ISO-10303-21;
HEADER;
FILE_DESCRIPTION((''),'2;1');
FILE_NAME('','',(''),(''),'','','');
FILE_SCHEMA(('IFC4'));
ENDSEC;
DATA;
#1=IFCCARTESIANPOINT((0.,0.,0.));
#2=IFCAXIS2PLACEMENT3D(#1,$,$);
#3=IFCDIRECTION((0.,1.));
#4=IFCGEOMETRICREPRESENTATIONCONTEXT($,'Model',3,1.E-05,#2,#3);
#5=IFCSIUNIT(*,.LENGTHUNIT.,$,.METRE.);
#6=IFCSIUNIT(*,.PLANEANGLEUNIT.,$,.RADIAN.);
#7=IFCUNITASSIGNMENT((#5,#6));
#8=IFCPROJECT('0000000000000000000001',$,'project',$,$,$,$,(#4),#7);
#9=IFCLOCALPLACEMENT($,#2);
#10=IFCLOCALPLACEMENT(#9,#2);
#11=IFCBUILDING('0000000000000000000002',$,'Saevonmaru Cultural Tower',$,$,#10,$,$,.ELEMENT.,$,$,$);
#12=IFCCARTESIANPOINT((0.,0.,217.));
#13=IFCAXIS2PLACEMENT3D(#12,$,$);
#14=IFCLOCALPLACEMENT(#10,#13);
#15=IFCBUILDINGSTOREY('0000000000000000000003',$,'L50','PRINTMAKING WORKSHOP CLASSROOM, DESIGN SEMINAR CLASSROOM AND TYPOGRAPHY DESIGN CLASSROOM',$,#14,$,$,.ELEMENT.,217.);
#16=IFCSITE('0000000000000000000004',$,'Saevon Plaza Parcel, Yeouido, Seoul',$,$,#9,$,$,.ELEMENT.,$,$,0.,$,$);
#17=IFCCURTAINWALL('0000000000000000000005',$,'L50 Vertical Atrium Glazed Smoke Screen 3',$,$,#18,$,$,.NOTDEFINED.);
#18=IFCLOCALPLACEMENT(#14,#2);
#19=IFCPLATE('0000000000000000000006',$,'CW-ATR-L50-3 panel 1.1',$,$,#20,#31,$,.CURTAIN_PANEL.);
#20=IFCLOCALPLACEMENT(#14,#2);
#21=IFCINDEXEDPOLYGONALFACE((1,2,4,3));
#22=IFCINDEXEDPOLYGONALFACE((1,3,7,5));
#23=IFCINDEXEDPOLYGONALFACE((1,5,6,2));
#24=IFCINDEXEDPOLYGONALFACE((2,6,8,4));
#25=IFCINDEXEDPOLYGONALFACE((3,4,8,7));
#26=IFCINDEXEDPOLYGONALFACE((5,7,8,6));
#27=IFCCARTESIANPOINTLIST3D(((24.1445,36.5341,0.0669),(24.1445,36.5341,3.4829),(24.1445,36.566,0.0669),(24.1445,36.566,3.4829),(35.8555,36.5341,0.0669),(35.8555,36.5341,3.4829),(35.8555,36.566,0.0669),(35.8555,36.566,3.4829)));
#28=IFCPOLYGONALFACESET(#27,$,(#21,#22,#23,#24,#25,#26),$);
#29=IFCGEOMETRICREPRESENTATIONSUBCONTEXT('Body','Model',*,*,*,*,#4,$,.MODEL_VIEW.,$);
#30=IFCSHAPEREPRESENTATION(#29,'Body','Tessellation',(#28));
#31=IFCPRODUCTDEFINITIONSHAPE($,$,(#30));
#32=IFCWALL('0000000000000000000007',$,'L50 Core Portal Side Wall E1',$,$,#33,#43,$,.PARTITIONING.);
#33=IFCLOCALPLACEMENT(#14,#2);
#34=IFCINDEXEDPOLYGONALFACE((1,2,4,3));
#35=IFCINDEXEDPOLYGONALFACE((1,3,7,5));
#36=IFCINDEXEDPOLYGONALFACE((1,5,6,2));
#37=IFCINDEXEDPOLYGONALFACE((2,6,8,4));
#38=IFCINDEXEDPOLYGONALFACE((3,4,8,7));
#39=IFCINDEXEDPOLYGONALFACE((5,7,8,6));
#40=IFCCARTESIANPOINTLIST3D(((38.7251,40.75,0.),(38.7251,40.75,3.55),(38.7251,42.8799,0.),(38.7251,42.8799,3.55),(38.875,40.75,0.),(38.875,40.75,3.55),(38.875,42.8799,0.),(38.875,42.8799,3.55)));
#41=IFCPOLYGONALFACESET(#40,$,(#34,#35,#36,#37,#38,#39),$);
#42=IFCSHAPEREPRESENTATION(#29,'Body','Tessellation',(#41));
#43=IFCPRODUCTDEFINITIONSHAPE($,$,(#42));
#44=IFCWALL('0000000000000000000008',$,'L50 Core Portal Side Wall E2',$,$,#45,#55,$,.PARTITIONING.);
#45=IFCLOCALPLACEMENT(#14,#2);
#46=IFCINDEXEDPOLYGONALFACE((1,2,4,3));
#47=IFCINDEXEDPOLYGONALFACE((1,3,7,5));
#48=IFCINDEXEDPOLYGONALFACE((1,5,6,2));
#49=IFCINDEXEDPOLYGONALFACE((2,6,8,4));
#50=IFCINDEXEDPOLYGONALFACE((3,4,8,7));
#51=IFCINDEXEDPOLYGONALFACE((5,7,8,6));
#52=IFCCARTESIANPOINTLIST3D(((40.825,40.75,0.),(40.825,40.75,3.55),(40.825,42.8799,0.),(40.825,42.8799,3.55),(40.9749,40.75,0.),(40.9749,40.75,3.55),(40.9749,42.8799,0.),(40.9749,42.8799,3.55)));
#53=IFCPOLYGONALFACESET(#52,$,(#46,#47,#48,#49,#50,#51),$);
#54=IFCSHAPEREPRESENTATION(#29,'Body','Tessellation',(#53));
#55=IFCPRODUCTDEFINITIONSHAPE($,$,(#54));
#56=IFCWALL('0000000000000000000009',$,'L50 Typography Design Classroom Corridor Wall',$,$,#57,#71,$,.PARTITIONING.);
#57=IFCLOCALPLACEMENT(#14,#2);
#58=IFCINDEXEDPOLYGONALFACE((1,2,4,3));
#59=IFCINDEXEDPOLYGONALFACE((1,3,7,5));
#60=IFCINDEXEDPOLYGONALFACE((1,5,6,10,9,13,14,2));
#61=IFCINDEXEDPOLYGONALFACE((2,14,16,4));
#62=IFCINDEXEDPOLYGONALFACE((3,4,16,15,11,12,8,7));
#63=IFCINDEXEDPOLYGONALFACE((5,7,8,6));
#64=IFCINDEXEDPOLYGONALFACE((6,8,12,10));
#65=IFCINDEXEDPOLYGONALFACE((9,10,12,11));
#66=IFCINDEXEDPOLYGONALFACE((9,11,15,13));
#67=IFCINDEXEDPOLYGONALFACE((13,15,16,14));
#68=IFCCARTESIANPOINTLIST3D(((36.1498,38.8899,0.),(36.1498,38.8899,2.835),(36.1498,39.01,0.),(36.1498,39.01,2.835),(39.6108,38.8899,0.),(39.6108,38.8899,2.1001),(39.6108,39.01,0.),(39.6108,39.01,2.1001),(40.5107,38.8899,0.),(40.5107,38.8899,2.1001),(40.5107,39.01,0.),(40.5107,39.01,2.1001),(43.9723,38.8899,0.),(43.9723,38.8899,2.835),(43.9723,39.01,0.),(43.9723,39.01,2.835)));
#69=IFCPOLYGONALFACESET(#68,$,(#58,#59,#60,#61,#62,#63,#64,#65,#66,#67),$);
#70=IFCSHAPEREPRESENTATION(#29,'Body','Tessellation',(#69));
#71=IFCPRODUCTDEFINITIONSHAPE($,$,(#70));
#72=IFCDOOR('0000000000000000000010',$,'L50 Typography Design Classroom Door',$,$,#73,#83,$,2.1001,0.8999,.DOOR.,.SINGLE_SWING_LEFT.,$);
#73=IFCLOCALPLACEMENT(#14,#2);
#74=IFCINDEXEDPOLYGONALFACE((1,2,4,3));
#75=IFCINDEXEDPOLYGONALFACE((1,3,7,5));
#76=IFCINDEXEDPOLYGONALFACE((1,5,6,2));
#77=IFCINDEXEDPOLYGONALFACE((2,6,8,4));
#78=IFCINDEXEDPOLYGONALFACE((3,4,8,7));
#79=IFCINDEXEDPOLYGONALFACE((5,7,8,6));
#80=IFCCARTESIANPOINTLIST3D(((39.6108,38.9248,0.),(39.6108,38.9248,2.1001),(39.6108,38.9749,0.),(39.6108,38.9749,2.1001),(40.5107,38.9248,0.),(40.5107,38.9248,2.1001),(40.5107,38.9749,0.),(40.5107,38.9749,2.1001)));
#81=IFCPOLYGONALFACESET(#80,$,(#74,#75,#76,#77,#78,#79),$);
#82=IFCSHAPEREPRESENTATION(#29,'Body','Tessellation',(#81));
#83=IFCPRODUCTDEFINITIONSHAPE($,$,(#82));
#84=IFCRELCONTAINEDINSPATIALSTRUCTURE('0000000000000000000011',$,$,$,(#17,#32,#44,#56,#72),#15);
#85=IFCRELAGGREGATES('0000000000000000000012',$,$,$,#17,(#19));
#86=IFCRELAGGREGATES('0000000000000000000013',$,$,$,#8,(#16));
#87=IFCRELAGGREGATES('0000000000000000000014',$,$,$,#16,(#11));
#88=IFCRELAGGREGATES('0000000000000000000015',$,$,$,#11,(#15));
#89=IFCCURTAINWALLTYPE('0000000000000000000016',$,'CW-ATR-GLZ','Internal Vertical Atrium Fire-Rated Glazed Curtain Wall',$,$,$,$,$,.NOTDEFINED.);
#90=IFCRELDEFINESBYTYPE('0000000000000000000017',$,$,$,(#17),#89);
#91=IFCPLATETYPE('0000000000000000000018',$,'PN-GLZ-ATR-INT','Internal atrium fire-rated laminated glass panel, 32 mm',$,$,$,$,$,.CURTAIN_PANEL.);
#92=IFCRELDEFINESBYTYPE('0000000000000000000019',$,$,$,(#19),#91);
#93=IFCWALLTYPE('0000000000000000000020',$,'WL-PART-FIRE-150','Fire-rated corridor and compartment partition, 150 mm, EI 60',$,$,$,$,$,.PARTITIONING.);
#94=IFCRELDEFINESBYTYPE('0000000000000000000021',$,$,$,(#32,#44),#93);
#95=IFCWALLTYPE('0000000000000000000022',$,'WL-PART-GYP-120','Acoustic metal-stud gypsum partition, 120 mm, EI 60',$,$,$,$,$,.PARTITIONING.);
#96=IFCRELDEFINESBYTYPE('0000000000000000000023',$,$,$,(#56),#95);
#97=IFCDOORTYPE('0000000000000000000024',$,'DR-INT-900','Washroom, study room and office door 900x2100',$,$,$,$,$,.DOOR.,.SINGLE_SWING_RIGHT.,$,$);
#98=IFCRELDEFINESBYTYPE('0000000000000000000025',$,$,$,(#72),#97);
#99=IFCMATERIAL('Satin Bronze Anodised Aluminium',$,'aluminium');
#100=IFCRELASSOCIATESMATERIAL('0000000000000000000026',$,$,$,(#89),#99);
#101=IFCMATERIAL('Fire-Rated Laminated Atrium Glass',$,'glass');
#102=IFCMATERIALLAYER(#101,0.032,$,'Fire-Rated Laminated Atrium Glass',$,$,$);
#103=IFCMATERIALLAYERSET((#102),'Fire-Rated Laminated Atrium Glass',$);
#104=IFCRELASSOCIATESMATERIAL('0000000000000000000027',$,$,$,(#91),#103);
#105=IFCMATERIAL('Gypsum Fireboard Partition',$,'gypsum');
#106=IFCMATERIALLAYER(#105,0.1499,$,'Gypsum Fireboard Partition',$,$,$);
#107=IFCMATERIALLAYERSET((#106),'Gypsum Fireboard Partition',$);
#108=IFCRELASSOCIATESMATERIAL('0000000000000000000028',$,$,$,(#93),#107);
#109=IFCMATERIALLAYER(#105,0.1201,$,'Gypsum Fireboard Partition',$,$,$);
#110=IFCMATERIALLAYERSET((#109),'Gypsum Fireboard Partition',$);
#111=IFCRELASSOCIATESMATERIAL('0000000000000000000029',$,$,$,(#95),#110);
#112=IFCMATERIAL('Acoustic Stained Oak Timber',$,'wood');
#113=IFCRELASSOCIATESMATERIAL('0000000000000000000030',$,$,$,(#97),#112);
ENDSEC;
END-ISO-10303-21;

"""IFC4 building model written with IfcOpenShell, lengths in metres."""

from ifc_helpers import new_model, si_unit, direction, frame, frame_2d, origin, origin_2d, place, context, subcontext, project, spatial, rectangle, extrude, material, layer, layer_set, type_object, element, fill, aggregate, save


model = new_model("IFC4")

# Units and contexts
model_context = context("Model", 3, precision=1e-05, world=origin(), true_north=direction((0.0, 1.0)))
body_context = subcontext(model_context, "Body", "Model", "MODEL_VIEW")
ifc_project = project(units=[si_unit("LENGTHUNIT", "METRE"), si_unit("PLANEANGLEUNIT", "RADIAN")], contexts=[model_context])

# Site, building, storey
site_placement = place(None, origin())
site = spatial("IfcSite", under=ifc_project, at=site_placement, Name="Saevon Plaza Parcel, Yeouido, Seoul", CompositionType="ELEMENT", RefElevation=0.0)
building_placement = place(site_placement, origin())
building = spatial("IfcBuilding", under=site, at=building_placement, Name="Saevonmaru Cultural Tower", CompositionType="ELEMENT")
storey_placement = place(building_placement, frame((0.0, 0.0, 217.0)))
storey = spatial("IfcBuildingStorey", under=building, at=storey_placement, Name="L50", Description="PRINTMAKING WORKSHOP CLASSROOM, DESIGN SEMINAR CLASSROOM AND TYPOGRAPHY DESIGN CLASSROOM", CompositionType="ELEMENT", Elevation=217.0)

# Shared definitions
ifc_material_1 = material(Name="Satin Bronze Anodised Aluminium", Category="aluminium")
curtain_wall_type = type_object("IfcCurtainWallType", Name="CW-ATR-GLZ", Description="Internal Vertical Atrium Fire-Rated Glazed Curtain Wall", PredefinedType="NOTDEFINED", material=ifc_material_1)

# Curtain wall
curtain_wall_1_placement = place(storey_placement, origin())
curtain_wall_1 = element("IfcCurtainWall", 1, at=curtain_wall_1_placement, inside=storey, type_object=curtain_wall_type, Name="L50 Vertical Atrium Glazed Smoke Screen 3", PredefinedType="NOTDEFINED")

# Plate
ifc_material_2 = material(Name="Fire-Rated Laminated Atrium Glass", Category="glass")
ifc_layer_1 = layer(ifc_material_2, 0.032, Name="Fire-Rated Laminated Atrium Glass")
ifc_layer_set_1 = layer_set([ifc_layer_1], Name="Fire-Rated Laminated Atrium Glass")
plate_type = type_object("IfcPlateType", Name="PN-GLZ-ATR-INT", Description="Internal atrium fire-rated laminated glass panel, 32 mm", PredefinedType="CURTAIN_PANEL", material=ifc_layer_set_1)
plate_1_placement = place(storey_placement, frame((30.0, 36.55, 0.0669), z_axis=(0.0, 0.0, 1.0), x_axis=(-1.0, 0.0, 0.0)))
plate_1 = element("IfcPlate", 2, at=plate_1_placement, type_object=plate_type, Name="CW-ATR-L50-3 panel 1.1", PredefinedType="CURTAIN_PANEL", context=body_context, shape_type="SweptSolid", body=[
    extrude(rectangle(XDim=11.7109, YDim=0.032, at=origin_2d()), origin(), (0.0, 0.0, 1.0), 3.416),
])
aggregate(curtain_wall_1, [plate_1])

# Walls
ifc_material_3 = material(Name="Gypsum Fireboard Partition", Category="gypsum")
ifc_layer_2 = layer(ifc_material_3, 0.1499, Name="Gypsum Fireboard Partition")
ifc_layer_set_2 = layer_set([ifc_layer_2], Name="Gypsum Fireboard Partition")
wall_type_1 = type_object("IfcWallType", Name="WL-PART-FIRE-150", Description="Fire-rated corridor and compartment partition, 150 mm, EI 60", PredefinedType="PARTITIONING", material=ifc_layer_set_2)
for number, where, z_axis, x_axis, name in (
    (3, (38.8, 40.75, 0.0), (0.0, 0.0, 1.0), (0.0, 1.0, 0.0), "L50 Core Portal Side Wall E1"),
    (4, (40.8999, 40.75, 0.0), (0.0, 0.0, 1.0), (0.0, 1.0, 0.0), "L50 Core Portal Side Wall E2"),
):
    element("IfcWall", number, at=place(storey_placement, frame(where, z_axis=z_axis, x_axis=x_axis)), inside=storey, type_object=wall_type_1, Name=name, PredefinedType="PARTITIONING", context=body_context, shape_type="SweptSolid", body=[
        extrude(rectangle(XDim=2.1299, YDim=0.1499, at=frame_2d((1.0649, 0.0))), origin(), (0.0, 0.0, 1.0), 3.55),
    ])

# Wall, opening, door
ifc_layer_3 = layer(ifc_material_3, 0.1201, Name="Gypsum Fireboard Partition")
ifc_layer_set_3 = layer_set([ifc_layer_3], Name="Gypsum Fireboard Partition")
wall_type_2 = type_object("IfcWallType", Name="WL-PART-GYP-120", Description="Acoustic metal-stud gypsum partition, 120 mm, EI 60", PredefinedType="PARTITIONING", material=ifc_layer_set_3)
wall_placement = place(storey_placement, frame((36.1499, 38.95, 0.0), z_axis=(0.0, 0.0, 1.0), x_axis=(1.0, 0.0, 0.0)))
wall = element("IfcWall", 5, at=wall_placement, inside=storey, type_object=wall_type_2, Name="L50 Typography Design Classroom Corridor Wall", PredefinedType="PARTITIONING", context=body_context, shape_type="SweptSolid", body=[
    extrude(rectangle(XDim=7.8225, YDim=0.1201, at=frame_2d((3.9111, 0.0))), origin(), (0.0, 0.0, 1.0), 2.835),
])
opening_placement = place(wall_placement, frame((3.4609, 0.0, 0.0)))
opening = element("IfcOpeningElement", 6, at=opening_placement, cuts=wall, PredefinedType="OPENING", context=body_context, shape_type="SweptSolid", body=[
    extrude(rectangle(XDim=0.8999, YDim=2.1001, at=frame_2d((0.45, 1.05))), frame((0.0, 0.0701, 0.0), z_axis=(0.0, -1.0, 0.0), x_axis=(1.0, 0.0, 0.0)), (0.0, 0.0, 1.0), 0.1401),
])
ifc_material_4 = material(Name="Acoustic Stained Oak Timber", Category="wood")
door_type = type_object("IfcDoorType", Name="DR-INT-900", Description="Washroom, study room and office door 900x2100", OperationType="SINGLE_SWING_RIGHT", PredefinedType="DOOR", material=ifc_material_4)
door_placement = place(opening_placement, origin())
door = element("IfcDoor", 7, at=door_placement, inside=storey, type_object=door_type, Name="L50 Typography Design Classroom Door", OperationType="SINGLE_SWING_LEFT", OverallHeight=2.1001, OverallWidth=0.8999, PredefinedType="DOOR", context=body_context, shape_type="SweptSolid", body=[
    extrude(rectangle(XDim=0.8999, YDim=2.1001, at=frame_2d((0.45, 1.05))), frame((0.0, 0.0249, 0.0), z_axis=(0.0, -1.0, 0.0), x_axis=(1.0, 0.0, 0.0)), (0.0, 0.0, 1.0), 0.05),
])
fill(opening, door)

save(model, "model.ifc")
